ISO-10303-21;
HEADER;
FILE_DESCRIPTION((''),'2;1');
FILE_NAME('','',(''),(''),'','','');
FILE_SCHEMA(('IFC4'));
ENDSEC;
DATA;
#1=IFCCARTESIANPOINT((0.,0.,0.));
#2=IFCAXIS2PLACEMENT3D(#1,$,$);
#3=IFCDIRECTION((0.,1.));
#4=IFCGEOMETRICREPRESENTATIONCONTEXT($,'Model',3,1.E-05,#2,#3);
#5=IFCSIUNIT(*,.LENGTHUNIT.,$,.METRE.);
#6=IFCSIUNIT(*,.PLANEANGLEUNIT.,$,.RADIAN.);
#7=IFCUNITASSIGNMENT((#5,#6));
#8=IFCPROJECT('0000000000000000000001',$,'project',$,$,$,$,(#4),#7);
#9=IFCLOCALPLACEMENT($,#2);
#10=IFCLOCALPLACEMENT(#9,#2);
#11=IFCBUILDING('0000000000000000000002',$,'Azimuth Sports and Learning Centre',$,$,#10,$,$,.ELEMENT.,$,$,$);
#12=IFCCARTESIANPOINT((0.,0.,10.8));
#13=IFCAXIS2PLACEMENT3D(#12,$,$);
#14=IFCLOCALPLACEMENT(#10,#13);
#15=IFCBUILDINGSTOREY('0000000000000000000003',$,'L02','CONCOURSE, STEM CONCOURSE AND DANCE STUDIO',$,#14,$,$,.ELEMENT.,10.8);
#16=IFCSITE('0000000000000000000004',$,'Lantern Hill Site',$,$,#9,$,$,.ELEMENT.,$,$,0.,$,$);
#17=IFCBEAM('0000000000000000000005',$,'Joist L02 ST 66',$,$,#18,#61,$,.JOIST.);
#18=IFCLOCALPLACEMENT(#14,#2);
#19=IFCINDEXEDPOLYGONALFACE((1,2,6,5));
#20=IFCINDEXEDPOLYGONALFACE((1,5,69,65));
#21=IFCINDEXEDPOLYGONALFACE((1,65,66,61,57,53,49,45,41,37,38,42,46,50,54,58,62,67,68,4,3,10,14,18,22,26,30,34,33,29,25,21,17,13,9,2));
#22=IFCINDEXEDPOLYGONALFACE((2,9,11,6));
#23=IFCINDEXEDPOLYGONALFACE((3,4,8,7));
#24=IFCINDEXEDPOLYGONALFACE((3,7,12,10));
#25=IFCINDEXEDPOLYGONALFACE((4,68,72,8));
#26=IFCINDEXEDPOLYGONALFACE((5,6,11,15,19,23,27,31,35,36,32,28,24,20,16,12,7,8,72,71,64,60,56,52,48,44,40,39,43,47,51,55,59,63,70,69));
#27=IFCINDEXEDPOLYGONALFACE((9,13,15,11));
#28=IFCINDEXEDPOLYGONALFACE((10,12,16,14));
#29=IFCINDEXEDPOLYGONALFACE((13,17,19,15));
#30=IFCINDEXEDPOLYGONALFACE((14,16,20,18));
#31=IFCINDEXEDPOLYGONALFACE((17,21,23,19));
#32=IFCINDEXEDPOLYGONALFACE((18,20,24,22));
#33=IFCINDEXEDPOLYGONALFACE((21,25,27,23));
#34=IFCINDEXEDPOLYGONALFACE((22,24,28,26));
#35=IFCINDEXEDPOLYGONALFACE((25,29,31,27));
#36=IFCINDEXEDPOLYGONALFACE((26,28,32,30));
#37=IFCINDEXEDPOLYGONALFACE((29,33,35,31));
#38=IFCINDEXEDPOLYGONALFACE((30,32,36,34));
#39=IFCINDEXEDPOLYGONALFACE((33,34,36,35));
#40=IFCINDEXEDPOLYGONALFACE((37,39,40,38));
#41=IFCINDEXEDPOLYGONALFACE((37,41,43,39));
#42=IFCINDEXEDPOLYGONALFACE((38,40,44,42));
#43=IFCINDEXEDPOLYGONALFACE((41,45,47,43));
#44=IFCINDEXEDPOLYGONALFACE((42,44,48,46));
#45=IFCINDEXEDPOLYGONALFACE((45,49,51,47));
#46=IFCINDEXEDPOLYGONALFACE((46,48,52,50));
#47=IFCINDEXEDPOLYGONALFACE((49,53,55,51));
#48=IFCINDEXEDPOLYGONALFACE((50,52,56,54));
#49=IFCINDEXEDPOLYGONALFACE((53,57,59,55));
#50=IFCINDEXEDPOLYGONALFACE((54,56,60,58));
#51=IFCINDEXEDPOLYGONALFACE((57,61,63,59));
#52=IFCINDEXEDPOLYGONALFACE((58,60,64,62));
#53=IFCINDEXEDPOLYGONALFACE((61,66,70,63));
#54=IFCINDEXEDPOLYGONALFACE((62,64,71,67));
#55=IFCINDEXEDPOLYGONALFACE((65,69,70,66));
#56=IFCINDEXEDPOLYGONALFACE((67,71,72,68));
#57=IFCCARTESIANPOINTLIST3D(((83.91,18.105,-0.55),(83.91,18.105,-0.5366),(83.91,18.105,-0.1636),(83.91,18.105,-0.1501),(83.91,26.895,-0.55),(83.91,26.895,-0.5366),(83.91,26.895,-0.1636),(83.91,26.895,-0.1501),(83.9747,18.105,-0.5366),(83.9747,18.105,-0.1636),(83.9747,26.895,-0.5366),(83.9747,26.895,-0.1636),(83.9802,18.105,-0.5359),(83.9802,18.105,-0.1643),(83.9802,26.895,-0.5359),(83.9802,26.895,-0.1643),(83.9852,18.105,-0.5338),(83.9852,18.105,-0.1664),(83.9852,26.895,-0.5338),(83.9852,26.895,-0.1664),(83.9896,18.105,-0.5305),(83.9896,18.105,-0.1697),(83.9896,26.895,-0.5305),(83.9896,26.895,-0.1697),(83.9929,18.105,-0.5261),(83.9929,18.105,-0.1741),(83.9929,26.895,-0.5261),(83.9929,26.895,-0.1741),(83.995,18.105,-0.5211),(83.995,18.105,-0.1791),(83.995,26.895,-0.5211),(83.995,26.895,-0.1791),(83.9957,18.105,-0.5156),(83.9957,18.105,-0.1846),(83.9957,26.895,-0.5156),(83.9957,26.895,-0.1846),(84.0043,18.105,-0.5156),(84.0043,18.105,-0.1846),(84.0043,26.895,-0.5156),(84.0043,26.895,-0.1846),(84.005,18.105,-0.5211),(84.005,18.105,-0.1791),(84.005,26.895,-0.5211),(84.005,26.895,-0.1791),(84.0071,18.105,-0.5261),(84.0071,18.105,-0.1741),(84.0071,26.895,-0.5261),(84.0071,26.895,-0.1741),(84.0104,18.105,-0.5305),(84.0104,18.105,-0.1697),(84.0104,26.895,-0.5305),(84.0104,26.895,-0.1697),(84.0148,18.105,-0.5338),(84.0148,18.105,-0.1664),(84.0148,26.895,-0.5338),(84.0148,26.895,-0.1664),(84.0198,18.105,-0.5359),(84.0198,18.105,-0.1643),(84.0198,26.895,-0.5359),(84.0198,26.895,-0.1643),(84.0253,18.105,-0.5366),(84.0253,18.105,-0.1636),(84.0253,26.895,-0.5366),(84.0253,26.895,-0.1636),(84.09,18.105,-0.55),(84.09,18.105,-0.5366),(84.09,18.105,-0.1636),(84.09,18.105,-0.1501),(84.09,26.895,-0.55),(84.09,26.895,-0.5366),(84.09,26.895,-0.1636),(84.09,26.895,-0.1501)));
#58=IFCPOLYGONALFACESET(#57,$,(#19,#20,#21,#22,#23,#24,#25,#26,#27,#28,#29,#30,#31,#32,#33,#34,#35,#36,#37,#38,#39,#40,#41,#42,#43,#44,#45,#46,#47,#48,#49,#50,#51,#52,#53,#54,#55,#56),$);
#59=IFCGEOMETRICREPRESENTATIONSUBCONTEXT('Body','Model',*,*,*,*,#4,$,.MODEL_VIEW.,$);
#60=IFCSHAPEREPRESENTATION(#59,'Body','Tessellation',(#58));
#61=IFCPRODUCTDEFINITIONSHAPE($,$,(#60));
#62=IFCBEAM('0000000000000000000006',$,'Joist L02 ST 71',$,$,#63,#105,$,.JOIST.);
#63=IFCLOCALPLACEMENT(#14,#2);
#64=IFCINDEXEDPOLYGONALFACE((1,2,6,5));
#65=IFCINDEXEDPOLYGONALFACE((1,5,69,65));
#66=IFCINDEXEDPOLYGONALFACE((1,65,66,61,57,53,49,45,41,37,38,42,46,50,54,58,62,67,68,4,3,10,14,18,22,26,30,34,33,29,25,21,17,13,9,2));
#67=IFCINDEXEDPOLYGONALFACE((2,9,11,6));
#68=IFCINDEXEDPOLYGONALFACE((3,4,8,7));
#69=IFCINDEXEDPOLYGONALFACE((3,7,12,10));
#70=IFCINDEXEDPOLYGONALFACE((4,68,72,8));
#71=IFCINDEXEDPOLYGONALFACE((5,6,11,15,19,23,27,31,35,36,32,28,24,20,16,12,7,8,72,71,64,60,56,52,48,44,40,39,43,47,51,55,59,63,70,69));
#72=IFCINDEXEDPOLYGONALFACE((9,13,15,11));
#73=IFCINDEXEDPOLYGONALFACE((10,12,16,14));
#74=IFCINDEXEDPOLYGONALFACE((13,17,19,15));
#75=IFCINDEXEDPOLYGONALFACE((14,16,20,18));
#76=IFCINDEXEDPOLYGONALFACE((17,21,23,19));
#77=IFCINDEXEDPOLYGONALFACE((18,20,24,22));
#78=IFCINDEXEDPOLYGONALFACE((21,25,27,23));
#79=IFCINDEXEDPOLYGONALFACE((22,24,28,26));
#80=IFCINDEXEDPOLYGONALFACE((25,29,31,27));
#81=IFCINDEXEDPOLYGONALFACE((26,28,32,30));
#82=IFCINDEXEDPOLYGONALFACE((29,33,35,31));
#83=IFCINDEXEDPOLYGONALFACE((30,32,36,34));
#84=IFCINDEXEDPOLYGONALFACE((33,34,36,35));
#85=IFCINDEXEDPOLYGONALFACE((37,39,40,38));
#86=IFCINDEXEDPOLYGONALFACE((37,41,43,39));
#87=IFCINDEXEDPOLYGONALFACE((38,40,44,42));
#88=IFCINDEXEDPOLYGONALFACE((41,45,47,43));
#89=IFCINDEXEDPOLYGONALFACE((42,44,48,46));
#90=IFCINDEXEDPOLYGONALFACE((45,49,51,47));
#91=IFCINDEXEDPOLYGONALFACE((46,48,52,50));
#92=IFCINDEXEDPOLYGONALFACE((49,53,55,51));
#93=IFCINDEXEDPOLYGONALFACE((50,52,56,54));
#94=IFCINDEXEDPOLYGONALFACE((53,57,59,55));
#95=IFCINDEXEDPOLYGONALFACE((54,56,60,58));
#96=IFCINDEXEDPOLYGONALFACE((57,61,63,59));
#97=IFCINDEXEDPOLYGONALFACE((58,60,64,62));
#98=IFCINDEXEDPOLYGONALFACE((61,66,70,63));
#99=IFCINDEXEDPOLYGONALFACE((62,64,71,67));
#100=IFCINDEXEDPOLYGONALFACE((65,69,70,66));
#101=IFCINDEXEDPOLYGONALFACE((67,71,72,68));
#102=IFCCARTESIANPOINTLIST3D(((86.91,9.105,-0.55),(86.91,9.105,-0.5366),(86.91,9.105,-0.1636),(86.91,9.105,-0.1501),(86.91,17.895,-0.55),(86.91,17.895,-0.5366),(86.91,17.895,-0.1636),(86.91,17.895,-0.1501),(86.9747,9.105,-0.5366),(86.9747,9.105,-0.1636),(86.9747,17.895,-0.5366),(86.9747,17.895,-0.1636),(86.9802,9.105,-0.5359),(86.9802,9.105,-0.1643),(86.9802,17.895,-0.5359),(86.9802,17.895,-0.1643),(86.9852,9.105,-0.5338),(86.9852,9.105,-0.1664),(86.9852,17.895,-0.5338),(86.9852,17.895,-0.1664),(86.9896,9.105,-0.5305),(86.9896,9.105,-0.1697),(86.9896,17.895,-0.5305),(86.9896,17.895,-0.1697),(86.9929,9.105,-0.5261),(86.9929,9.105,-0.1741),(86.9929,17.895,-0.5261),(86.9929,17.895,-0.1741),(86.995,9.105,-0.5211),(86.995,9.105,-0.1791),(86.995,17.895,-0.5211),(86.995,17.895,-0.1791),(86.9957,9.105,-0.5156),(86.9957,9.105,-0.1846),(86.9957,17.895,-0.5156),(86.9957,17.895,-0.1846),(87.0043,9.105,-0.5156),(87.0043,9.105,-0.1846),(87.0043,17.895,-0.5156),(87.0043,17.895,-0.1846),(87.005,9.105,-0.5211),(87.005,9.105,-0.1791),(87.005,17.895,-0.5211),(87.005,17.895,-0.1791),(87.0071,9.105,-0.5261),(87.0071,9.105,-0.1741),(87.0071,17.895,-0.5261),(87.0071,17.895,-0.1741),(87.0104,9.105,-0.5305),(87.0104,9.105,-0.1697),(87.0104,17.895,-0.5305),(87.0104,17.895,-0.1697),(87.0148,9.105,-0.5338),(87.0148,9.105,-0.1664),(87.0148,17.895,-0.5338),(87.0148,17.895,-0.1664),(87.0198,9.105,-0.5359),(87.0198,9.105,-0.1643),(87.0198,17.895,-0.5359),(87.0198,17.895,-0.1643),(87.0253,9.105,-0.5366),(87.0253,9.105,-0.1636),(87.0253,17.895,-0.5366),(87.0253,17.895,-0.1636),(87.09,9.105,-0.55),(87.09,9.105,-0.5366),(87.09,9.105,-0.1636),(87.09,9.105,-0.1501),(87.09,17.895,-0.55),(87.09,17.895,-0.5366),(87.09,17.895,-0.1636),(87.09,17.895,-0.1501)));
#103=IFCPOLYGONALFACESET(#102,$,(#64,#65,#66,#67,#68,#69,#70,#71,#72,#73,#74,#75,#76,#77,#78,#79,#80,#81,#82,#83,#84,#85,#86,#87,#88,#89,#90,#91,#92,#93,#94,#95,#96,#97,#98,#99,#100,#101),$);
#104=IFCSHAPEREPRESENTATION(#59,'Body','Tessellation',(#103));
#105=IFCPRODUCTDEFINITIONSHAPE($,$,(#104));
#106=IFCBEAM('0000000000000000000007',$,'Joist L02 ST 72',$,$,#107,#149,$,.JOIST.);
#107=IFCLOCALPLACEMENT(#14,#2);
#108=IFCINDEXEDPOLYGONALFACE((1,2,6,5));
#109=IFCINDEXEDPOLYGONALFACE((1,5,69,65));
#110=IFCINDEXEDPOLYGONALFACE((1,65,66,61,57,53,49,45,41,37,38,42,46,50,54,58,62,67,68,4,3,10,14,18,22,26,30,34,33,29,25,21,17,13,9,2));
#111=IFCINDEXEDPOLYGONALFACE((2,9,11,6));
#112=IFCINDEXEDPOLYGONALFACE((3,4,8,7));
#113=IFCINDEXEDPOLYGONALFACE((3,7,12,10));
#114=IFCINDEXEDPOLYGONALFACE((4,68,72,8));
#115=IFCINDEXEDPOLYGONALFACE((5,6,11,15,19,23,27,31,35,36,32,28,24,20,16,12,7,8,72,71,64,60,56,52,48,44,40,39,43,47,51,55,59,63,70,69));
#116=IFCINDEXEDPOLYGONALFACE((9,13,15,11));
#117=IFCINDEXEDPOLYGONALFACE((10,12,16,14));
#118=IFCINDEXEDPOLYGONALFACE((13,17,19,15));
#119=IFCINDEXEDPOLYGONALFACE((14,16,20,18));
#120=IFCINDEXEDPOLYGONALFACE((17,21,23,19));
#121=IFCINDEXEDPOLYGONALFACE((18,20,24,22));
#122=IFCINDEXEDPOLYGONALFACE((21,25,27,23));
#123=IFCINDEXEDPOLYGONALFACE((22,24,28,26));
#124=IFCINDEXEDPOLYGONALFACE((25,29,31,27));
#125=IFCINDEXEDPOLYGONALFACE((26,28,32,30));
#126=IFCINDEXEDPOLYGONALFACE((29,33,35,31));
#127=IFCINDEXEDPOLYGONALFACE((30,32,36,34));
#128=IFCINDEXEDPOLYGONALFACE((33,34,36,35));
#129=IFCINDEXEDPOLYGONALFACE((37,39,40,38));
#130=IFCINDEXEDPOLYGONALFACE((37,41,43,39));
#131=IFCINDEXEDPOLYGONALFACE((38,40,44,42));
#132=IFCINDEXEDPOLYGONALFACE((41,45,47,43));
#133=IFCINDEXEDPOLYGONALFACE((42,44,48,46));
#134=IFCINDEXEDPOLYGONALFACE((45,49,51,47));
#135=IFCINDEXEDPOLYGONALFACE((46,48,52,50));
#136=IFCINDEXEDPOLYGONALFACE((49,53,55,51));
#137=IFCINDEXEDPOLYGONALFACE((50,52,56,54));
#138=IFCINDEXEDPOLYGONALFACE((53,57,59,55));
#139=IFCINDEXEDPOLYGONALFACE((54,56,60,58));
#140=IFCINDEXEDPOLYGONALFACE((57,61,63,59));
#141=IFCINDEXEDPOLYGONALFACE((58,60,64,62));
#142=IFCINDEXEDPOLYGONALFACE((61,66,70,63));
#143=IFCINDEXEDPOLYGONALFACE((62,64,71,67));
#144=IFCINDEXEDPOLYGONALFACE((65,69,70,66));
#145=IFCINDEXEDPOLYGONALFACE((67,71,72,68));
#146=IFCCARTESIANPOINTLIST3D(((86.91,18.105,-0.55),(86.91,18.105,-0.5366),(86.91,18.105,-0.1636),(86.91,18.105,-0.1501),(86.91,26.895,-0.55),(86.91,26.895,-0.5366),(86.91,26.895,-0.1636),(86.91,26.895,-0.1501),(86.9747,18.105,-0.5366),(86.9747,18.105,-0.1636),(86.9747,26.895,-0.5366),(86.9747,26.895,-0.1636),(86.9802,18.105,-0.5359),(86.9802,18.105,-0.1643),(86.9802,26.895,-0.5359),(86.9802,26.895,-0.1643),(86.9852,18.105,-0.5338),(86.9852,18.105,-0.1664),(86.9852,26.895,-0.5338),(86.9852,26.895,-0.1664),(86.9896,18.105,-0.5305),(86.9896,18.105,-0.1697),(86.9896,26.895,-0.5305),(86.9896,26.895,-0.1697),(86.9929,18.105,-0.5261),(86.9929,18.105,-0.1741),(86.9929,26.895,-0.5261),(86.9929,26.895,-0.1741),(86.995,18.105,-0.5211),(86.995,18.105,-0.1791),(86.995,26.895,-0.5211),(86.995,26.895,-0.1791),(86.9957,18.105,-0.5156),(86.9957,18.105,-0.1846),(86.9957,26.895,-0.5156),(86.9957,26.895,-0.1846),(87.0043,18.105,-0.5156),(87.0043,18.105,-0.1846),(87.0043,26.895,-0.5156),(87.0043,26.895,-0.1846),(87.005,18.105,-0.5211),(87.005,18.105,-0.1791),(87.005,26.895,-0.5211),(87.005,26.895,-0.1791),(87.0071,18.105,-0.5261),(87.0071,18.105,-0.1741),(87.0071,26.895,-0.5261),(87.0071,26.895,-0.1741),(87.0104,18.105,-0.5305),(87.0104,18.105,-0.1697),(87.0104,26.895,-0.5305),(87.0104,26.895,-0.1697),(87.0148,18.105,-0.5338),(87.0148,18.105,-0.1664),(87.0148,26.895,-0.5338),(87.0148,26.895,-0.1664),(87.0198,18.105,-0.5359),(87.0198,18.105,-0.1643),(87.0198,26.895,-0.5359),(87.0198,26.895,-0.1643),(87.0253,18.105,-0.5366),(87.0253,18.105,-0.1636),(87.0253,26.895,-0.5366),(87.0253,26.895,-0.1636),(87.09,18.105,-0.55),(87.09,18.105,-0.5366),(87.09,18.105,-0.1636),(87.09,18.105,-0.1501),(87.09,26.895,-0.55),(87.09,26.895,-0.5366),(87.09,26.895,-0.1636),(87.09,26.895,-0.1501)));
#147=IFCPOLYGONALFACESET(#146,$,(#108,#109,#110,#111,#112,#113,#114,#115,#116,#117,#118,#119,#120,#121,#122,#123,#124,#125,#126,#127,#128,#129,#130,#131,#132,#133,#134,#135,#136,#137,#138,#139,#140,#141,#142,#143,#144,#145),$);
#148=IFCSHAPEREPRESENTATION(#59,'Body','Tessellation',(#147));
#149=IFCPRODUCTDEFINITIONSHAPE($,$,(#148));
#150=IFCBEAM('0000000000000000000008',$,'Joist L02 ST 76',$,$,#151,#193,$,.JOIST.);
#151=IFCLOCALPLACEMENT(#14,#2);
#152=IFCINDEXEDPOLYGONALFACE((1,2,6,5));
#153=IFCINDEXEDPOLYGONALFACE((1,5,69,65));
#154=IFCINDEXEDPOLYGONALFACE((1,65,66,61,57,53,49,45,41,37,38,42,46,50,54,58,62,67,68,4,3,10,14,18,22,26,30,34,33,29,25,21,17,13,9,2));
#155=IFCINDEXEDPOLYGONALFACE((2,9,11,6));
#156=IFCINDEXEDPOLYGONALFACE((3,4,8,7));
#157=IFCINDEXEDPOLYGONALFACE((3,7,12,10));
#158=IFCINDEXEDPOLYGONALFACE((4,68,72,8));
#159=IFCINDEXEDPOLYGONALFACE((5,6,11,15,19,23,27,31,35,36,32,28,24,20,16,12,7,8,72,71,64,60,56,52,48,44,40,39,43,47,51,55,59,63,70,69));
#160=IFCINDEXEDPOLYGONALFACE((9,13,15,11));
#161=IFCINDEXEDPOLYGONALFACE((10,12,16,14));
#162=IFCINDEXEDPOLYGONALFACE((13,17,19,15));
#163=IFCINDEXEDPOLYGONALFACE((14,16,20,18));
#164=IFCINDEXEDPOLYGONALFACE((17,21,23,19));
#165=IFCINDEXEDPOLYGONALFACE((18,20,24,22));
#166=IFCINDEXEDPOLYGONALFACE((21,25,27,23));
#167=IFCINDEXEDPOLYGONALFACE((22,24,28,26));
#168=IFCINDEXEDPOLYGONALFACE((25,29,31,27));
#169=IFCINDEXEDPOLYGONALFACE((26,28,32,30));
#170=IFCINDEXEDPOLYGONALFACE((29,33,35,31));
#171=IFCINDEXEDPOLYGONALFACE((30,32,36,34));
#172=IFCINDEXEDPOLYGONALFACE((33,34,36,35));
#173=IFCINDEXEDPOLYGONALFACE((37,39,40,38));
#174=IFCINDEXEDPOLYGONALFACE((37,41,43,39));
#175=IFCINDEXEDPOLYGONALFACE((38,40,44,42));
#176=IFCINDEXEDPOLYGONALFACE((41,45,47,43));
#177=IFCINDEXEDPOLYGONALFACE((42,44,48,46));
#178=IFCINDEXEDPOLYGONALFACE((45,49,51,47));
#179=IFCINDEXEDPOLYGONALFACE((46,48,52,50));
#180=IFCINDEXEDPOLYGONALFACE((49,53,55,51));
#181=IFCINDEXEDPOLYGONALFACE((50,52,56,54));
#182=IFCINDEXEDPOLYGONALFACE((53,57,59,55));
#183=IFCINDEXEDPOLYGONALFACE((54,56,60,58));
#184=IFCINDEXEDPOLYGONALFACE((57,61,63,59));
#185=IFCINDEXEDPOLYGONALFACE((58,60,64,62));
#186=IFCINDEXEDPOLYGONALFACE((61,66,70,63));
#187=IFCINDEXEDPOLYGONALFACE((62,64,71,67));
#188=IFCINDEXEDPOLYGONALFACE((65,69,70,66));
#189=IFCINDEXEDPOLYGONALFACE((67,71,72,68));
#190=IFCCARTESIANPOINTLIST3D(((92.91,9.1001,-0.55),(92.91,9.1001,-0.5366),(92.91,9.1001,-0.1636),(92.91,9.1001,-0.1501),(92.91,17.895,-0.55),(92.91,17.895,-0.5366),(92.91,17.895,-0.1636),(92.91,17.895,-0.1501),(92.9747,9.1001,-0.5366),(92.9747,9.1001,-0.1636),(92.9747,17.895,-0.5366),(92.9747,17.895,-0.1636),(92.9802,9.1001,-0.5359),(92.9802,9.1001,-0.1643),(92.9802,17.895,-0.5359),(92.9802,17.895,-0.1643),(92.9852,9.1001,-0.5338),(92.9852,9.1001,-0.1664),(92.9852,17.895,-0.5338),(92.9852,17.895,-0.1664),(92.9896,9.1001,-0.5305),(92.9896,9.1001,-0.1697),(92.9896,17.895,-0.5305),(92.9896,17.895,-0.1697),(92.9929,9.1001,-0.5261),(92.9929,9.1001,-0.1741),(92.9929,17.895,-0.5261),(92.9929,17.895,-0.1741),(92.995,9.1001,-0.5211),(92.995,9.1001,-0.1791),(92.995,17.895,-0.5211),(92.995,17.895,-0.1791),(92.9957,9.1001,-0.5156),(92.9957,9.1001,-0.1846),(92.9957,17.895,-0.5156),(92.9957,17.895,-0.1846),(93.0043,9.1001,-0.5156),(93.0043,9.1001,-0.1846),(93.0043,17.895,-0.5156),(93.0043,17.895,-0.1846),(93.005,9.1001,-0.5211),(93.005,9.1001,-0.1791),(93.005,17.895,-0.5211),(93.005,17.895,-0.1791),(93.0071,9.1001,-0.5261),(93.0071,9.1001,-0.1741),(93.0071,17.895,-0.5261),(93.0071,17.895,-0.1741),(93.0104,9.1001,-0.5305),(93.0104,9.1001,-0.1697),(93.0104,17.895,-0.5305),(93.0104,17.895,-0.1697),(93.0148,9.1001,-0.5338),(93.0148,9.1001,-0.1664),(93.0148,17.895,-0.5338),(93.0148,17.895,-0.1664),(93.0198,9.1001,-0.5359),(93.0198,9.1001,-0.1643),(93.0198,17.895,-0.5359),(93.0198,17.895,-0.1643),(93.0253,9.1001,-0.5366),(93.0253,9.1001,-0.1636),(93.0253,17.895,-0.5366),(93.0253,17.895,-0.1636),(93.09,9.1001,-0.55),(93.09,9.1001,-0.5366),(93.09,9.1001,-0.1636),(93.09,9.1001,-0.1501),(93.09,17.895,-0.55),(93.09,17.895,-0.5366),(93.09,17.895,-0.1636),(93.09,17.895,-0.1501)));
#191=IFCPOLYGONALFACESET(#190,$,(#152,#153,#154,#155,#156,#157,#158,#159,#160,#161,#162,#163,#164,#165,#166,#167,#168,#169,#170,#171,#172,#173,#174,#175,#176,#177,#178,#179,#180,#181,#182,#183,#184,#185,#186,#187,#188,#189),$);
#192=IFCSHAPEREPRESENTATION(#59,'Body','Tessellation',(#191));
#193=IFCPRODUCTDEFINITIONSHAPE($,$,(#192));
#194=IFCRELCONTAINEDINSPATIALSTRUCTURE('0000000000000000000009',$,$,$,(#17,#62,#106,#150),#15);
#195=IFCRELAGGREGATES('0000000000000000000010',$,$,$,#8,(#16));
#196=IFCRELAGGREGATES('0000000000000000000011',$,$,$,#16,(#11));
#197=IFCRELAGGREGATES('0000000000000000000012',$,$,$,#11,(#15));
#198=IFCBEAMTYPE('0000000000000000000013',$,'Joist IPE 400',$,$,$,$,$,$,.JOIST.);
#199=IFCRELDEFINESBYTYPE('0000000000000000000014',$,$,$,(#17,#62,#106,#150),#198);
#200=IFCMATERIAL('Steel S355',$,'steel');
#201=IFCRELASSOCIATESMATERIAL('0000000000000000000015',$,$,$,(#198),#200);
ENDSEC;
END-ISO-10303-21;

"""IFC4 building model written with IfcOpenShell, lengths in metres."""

from ifc_helpers import new_model, si_unit, direction, frame, origin, origin_2d, place, context, subcontext, project, spatial, i_section, extrude, material, material_profile, profile_set, type_object, element, save


model = new_model("IFC4")

# Units and contexts
model_context = context("Model", 3, precision=1e-05, world=origin(), true_north=direction((0.0, 1.0)))
body_context = subcontext(model_context, "Body", "Model", "MODEL_VIEW")
ifc_project = project(units=[si_unit("LENGTHUNIT", "METRE"), si_unit("PLANEANGLEUNIT", "RADIAN")], contexts=[model_context])

# Site, building, storey
site_placement = place(None, origin())
site = spatial("IfcSite", under=ifc_project, at=site_placement, Name="Lantern Hill Site", CompositionType="ELEMENT", RefElevation=0.0)
building_placement = place(site_placement, origin())
building = spatial("IfcBuilding", under=site, at=building_placement, Name="Azimuth Sports and Learning Centre", CompositionType="ELEMENT")
storey_placement = place(building_placement, frame((0.0, 0.0, 10.8)))
storey = spatial("IfcBuildingStorey", under=building, at=storey_placement, Name="L02", Description="CONCOURSE, STEM CONCOURSE AND DANCE STUDIO", CompositionType="ELEMENT", Elevation=10.8)

# Beams
ifc_material_1 = material(Name="Steel S355", Category="steel")
ifc_material_profile_1 = material_profile(ifc_material_1, i_section(OverallWidth=0.1799, OverallDepth=0.3999, WebThickness=0.0085, FlangeThickness=0.0134, FilletRadius=0.021, at=origin_2d()), Name="IPE 400")
ifc_profile_set_1 = profile_set([ifc_material_profile_1], Name="Steel S355")
beam_type_1 = type_object("IfcBeamType", Name="Joist IPE 400", PredefinedType="JOIST", material=ifc_profile_set_1)
for number, where, z_axis, x_axis, name in (
    (1, (84.0, 18.105, -0.3501), (0.0, 1.0, 0.0), (-1.0, 0.0, 0.0), "Joist L02 ST 66"),
    (2, (87.0, 9.105, -0.3501), (0.0, 1.0, 0.0), (-1.0, 0.0, 0.0), "Joist L02 ST 71"),
    (3, (87.0, 18.105, -0.3501), (0.0, 1.0, 0.0), (-1.0, 0.0, 0.0), "Joist L02 ST 72"),
):
    element("IfcBeam", number, at=place(storey_placement, frame(where, z_axis=z_axis, x_axis=x_axis)), inside=storey, type_object=beam_type_1, Name=name, PredefinedType="JOIST", context=body_context, shape_type="SweptSolid", body=[
        extrude(i_section(OverallWidth=0.1799, OverallDepth=0.3999, WebThickness=0.0085, FlangeThickness=0.0134, FilletRadius=0.021, at=origin_2d()), origin(), (0.0, 0.0, 1.0), 8.79),
    ])
beam_1_placement = place(storey_placement, frame((93.0, 9.1001, -0.3501), z_axis=(0.0, 1.0, 0.0), x_axis=(-1.0, 0.0, 0.0)))
element("IfcBeam", 4, at=beam_1_placement, inside=storey, type_object=beam_type_1, Name="Joist L02 ST 76", PredefinedType="JOIST", context=body_context, shape_type="SweptSolid", body=[
    extrude(i_section(OverallWidth=0.1799, OverallDepth=0.3999, WebThickness=0.0085, FlangeThickness=0.0134, FilletRadius=0.021, at=origin_2d()), origin(), (0.0, 0.0, 1.0), 8.7949),
])

save(model, "model.ifc")
